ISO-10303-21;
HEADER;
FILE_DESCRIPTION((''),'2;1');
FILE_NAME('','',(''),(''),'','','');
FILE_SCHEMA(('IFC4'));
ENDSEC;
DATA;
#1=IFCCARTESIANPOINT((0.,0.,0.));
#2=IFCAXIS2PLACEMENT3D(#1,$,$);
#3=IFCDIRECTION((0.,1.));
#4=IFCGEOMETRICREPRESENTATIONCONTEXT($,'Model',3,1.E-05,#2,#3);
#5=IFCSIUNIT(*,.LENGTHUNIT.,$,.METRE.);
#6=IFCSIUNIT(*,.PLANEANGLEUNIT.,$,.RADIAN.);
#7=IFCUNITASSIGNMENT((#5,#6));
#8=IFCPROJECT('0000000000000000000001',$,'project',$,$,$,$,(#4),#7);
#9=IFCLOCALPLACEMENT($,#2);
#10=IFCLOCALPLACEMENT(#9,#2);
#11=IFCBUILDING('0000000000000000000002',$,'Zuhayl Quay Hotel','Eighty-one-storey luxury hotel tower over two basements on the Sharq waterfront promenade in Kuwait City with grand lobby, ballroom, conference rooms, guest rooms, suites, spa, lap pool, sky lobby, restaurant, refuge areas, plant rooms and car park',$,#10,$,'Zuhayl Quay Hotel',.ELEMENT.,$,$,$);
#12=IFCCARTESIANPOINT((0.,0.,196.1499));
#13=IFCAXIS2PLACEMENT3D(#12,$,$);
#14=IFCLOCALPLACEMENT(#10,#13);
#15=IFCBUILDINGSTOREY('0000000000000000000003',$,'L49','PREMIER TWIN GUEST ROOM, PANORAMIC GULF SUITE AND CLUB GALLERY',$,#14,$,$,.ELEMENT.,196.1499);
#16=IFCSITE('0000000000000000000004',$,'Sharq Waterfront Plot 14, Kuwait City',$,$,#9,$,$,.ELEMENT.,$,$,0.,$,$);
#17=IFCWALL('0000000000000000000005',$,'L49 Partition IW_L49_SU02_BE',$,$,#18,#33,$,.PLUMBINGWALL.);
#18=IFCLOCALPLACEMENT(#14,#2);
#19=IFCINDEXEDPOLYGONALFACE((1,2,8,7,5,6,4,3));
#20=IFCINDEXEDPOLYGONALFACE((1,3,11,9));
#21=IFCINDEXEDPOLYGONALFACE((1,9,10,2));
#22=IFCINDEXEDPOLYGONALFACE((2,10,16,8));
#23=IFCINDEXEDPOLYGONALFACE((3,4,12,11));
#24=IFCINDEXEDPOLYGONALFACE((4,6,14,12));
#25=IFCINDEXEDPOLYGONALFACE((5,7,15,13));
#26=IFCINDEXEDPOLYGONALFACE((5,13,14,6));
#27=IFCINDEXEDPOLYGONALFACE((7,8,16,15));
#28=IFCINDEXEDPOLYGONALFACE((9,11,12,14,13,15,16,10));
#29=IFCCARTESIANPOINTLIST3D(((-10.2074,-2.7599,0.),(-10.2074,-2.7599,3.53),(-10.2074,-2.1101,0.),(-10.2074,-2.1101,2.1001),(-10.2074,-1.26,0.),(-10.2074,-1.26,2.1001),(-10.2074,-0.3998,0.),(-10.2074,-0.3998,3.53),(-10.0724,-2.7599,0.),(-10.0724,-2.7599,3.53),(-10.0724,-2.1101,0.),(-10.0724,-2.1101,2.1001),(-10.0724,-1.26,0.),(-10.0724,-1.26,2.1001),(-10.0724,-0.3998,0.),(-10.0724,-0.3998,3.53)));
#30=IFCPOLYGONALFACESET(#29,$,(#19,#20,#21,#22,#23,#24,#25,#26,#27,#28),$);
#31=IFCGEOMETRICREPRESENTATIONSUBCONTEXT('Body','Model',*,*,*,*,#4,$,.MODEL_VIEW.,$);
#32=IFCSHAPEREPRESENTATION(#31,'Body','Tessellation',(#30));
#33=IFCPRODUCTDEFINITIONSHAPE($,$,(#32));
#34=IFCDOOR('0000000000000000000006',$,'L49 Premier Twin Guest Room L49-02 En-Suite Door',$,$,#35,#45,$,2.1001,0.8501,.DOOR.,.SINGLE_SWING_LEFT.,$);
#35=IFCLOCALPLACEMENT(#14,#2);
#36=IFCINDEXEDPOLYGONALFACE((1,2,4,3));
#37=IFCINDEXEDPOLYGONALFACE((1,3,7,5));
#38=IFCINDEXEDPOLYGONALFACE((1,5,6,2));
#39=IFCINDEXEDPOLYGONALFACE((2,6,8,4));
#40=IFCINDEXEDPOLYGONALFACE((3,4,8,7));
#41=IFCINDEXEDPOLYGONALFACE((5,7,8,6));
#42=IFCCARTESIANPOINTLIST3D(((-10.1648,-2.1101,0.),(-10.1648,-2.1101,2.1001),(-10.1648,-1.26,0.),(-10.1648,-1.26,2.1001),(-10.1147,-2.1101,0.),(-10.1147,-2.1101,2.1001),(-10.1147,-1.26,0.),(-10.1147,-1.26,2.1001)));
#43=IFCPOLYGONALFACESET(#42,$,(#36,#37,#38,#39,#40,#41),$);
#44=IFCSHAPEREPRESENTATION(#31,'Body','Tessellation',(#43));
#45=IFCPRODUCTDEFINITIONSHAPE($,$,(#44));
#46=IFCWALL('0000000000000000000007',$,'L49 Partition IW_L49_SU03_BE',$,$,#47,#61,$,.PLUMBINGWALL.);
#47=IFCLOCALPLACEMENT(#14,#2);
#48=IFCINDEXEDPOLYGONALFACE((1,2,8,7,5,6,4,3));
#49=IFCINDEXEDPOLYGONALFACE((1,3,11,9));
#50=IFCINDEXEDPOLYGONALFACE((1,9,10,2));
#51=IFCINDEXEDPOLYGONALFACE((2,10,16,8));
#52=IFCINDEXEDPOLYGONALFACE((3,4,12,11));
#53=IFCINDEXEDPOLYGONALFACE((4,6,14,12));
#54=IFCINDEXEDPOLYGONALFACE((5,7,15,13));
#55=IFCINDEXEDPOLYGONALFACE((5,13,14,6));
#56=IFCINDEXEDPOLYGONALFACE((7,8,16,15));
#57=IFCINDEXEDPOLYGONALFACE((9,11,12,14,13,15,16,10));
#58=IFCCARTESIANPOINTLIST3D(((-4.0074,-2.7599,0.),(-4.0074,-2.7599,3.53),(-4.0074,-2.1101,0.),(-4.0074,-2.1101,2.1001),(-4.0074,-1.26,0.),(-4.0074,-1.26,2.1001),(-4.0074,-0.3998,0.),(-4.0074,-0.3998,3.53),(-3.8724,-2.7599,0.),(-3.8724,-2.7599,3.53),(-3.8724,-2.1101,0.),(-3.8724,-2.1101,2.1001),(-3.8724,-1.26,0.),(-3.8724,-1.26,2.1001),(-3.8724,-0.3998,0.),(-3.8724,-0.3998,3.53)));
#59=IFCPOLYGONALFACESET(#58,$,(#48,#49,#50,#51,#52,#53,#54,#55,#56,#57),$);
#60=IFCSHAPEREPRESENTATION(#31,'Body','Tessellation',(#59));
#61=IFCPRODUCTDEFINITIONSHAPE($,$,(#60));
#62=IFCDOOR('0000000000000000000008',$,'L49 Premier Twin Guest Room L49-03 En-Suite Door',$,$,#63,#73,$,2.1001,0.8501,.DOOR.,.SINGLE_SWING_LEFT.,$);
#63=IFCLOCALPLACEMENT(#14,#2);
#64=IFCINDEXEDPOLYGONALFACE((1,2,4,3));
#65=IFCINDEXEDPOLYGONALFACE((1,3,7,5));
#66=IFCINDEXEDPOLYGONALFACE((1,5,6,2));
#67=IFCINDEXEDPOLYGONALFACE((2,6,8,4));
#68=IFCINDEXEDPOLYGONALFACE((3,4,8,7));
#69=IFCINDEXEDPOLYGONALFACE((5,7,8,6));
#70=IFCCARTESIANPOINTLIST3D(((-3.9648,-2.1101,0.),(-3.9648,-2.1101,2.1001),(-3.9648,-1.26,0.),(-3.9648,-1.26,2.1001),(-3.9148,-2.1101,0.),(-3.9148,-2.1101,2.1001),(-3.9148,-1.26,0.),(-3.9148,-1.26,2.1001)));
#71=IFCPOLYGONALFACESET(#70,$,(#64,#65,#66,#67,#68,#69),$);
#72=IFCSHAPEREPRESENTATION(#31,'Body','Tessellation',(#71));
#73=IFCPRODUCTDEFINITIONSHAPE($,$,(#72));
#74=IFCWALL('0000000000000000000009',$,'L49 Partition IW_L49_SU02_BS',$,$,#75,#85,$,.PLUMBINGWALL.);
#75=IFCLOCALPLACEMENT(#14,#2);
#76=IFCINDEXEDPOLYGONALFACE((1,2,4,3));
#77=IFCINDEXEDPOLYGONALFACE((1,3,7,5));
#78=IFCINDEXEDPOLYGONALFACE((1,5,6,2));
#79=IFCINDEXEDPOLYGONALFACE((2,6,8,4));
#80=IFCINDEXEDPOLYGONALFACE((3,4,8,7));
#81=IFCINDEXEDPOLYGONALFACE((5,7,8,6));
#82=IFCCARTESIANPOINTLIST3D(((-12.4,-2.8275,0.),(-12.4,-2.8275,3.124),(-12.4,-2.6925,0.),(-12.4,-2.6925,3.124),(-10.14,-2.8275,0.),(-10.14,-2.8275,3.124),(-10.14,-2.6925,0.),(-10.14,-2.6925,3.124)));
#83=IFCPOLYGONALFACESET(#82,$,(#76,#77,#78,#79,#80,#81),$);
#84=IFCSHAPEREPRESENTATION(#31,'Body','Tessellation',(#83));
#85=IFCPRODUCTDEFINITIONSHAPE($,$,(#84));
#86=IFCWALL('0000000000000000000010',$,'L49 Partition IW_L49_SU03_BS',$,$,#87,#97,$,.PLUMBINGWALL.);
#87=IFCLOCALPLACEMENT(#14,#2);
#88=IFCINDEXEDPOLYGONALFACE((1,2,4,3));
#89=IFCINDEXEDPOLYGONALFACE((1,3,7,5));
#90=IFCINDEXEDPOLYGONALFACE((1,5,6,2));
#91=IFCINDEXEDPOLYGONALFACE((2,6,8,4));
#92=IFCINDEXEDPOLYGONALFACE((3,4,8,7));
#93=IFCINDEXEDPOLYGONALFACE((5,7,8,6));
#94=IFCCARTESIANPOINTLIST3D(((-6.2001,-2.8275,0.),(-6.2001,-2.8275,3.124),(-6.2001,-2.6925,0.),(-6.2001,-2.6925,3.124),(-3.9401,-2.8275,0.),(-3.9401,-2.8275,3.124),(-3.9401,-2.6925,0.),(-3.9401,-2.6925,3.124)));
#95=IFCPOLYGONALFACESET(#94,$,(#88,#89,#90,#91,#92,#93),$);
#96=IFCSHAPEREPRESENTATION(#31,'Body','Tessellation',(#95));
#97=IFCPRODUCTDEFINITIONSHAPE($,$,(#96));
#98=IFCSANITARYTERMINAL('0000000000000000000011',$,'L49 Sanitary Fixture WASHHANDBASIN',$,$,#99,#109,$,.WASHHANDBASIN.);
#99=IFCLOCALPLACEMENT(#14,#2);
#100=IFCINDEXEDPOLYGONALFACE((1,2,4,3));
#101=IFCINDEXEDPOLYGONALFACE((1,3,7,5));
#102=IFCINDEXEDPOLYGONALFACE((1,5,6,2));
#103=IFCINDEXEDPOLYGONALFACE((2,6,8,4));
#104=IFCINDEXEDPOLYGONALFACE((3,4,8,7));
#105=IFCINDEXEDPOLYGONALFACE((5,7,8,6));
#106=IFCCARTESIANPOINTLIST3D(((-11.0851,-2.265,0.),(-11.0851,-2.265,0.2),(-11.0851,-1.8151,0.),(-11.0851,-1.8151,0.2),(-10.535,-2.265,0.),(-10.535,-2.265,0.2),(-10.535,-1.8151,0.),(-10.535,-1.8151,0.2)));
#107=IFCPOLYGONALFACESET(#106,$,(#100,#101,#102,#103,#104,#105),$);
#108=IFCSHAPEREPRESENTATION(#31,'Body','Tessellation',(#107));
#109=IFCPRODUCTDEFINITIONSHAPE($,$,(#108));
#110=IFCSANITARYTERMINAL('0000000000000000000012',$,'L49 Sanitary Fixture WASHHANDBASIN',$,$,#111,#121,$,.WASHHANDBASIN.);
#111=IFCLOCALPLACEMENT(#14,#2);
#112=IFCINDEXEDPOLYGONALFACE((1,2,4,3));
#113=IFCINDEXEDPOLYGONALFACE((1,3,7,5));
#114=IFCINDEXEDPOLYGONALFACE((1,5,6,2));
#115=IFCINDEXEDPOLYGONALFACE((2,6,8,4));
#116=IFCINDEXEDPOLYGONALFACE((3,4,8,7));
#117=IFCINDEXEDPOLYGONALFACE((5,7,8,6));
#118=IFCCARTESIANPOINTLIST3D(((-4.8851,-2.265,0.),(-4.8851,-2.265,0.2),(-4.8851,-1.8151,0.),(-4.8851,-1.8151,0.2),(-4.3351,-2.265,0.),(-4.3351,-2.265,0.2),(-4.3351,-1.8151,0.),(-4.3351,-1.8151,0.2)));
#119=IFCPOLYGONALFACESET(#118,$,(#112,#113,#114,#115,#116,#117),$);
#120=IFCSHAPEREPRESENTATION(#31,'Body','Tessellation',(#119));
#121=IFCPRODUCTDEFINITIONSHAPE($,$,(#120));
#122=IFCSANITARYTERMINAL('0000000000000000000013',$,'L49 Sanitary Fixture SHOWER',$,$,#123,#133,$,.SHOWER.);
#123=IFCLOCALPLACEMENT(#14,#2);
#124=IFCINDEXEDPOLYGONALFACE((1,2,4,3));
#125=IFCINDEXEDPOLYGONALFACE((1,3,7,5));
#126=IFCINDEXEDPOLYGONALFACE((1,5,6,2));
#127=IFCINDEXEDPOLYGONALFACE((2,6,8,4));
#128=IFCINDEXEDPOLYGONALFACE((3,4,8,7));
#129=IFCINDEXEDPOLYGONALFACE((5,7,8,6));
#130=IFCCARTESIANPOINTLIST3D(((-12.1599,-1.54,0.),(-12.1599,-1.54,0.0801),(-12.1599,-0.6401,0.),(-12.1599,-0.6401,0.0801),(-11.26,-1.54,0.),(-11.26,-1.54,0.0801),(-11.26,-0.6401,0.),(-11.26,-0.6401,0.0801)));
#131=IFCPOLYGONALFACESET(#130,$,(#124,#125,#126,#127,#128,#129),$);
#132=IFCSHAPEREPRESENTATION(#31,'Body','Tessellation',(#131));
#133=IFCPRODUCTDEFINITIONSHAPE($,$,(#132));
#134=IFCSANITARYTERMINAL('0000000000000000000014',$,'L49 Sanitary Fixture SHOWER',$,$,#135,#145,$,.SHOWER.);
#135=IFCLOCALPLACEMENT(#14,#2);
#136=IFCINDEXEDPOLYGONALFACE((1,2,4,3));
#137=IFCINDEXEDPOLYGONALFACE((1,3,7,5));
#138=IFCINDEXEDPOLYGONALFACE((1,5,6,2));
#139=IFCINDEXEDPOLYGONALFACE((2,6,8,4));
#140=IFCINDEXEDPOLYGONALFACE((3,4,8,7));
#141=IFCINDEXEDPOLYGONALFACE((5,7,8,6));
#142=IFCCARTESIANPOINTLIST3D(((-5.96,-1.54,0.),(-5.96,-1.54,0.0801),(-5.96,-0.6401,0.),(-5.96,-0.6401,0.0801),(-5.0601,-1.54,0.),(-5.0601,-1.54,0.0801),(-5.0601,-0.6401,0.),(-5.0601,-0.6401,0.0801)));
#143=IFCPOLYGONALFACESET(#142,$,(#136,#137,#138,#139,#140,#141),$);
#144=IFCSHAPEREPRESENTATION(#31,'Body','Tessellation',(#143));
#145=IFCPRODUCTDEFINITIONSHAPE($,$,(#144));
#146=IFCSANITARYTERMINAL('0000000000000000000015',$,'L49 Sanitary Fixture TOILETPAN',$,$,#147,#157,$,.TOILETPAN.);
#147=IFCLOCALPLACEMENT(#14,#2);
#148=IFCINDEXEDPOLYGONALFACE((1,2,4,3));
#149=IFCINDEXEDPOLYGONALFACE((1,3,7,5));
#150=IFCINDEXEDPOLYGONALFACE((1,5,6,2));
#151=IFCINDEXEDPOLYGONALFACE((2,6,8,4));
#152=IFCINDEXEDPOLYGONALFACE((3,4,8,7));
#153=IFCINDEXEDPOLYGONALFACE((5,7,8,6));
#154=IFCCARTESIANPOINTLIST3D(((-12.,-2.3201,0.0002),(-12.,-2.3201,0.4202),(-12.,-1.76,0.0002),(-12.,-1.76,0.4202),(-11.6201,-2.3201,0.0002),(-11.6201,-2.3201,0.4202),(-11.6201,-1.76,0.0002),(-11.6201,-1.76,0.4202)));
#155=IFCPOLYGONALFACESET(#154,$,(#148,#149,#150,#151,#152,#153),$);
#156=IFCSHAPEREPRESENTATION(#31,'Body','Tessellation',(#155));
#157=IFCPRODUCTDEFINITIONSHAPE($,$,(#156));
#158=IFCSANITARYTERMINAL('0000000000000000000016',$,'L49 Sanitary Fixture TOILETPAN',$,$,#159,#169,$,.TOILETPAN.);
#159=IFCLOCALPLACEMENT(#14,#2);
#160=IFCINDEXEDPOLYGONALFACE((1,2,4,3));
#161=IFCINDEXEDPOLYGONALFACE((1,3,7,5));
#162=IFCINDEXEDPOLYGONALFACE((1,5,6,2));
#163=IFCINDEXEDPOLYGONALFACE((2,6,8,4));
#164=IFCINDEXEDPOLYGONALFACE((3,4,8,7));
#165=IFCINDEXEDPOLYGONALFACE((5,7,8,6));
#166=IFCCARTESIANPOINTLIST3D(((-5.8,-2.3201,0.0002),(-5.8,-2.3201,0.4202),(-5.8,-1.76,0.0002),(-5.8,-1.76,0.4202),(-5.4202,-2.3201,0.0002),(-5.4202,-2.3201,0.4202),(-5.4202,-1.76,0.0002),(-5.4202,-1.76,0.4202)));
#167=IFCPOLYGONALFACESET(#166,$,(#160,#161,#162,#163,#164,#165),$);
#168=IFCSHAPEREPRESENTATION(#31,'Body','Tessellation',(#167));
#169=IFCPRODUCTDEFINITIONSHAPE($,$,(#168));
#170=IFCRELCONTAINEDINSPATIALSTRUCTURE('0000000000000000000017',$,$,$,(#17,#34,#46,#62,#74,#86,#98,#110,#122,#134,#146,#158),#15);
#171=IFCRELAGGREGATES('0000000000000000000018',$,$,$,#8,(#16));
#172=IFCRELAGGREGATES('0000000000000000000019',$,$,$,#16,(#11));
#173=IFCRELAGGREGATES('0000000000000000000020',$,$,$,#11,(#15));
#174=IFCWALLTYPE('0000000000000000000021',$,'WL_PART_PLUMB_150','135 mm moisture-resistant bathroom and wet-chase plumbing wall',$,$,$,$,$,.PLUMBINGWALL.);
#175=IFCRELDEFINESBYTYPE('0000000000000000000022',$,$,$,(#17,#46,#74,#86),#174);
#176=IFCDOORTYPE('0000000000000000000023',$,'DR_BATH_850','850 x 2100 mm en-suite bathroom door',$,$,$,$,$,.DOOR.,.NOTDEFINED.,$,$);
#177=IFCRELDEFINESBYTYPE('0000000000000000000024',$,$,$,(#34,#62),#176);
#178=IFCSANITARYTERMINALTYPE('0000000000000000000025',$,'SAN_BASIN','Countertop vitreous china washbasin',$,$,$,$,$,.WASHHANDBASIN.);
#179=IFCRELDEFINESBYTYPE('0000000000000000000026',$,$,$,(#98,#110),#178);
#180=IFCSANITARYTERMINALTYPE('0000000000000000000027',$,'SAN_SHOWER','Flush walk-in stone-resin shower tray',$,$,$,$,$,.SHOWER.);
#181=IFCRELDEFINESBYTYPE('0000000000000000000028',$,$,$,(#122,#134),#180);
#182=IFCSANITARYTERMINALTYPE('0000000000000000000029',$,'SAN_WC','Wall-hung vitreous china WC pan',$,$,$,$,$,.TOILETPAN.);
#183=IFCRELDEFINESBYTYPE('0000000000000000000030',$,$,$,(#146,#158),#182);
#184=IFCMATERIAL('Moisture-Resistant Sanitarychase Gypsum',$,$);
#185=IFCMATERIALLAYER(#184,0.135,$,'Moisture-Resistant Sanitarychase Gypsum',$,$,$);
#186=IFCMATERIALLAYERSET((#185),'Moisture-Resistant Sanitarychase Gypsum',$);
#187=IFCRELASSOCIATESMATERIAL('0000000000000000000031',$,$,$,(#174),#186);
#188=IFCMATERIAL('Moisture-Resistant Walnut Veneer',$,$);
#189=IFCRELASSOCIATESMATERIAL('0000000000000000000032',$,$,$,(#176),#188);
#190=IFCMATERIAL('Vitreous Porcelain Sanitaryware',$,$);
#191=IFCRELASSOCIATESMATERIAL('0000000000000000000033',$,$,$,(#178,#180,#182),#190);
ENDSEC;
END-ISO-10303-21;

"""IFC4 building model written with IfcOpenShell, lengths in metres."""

from ifc_helpers import new_model, si_unit, direction, frame, frame_2d, origin, origin_2d, place, context, subcontext, project, spatial, rectangle, extrude, material, layer, layer_set, type_object, element, fill, save


model = new_model("IFC4")

# Units and contexts
model_context = context("Model", 3, precision=1e-05, world=origin(), true_north=direction((0.0, 1.0)))
body_context = subcontext(model_context, "Body", "Model", "MODEL_VIEW")
ifc_project = project(units=[si_unit("LENGTHUNIT", "METRE"), si_unit("PLANEANGLEUNIT", "RADIAN")], contexts=[model_context])

# Site, building, storey
site_placement = place(None, origin())
site = spatial("IfcSite", under=ifc_project, at=site_placement, Name="Sharq Waterfront Plot 14, Kuwait City", CompositionType="ELEMENT", RefElevation=0.0)
building_placement = place(site_placement, origin())
building = spatial("IfcBuilding", under=site, at=building_placement, Name="Zuhayl Quay Hotel", Description="Eighty-one-storey luxury hotel tower over two basements on the Sharq waterfront promenade in Kuwait City with grand lobby, ballroom, conference rooms, guest rooms, suites, spa, lap pool, sky lobby, restaurant, refuge areas, plant rooms and car park", LongName="Zuhayl Quay Hotel", CompositionType="ELEMENT")
storey_placement = place(building_placement, frame((0.0, 0.0, 196.1499)))
storey = spatial("IfcBuildingStorey", under=building, at=storey_placement, Name="L49", Description="PREMIER TWIN GUEST ROOM, PANORAMIC GULF SUITE AND CLUB GALLERY", CompositionType="ELEMENT", Elevation=196.1499)

# Walls, openings, doors
ifc_material_1 = material(Name="Moisture-Resistant Sanitarychase Gypsum")
ifc_layer_1 = layer(ifc_material_1, 0.135, Name="Moisture-Resistant Sanitarychase Gypsum")
ifc_layer_set_1 = layer_set([ifc_layer_1], Name="Moisture-Resistant Sanitarychase Gypsum")
wall_type_1 = type_object("IfcWallType", Name="WL_PART_PLUMB_150", Description="135 mm moisture-resistant bathroom and wet-chase plumbing wall", PredefinedType="PLUMBINGWALL", material=ifc_layer_set_1)
wall_1_placement = place(storey_placement, frame((-10.1399, -2.76, 0.0), z_axis=(0.0, 0.0, 1.0), x_axis=(0.0, 1.0, 0.0)))
wall_1 = element("IfcWall", 1, at=wall_1_placement, inside=storey, type_object=wall_type_1, Name="L49 Partition IW_L49_SU02_BE", PredefinedType="PLUMBINGWALL", context=body_context, shape_type="SweptSolid", body=[
    extrude(rectangle(XDim=2.3601, YDim=0.135, at=frame_2d((1.1802, 0.0))), origin(), (0.0, 0.0, 1.0), 3.53),
])
opening_1_placement = place(wall_1_placement, frame((0.6499, 0.0, 0.0)))
opening_1 = element("IfcOpeningElement", 2, at=opening_1_placement, cuts=wall_1, PredefinedType="OPENING", context=body_context, shape_type="SweptSolid", body=[
    extrude(rectangle(XDim=0.8501, YDim=2.1001, at=frame_2d((0.425, 1.05))), frame((0.0, 0.0774, 0.0), z_axis=(0.0, -1.0, 0.0), x_axis=(1.0, 0.0, 0.0)), (0.0, 0.0, 1.0), 0.155),
])
ifc_material_2 = material(Name="Moisture-Resistant Walnut Veneer")
door_type_1 = type_object("IfcDoorType", Name="DR_BATH_850", Description="850 x 2100 mm en-suite bathroom door", OperationType="NOTDEFINED", PredefinedType="DOOR", material=ifc_material_2)
door_1_placement = place(opening_1_placement, origin())
door_1 = element("IfcDoor", 3, at=door_1_placement, inside=storey, type_object=door_type_1, Name="L49 Premier Twin Guest Room L49-02 En-Suite Door", OperationType="SINGLE_SWING_LEFT", OverallHeight=2.1001, OverallWidth=0.8501, PredefinedType="DOOR", context=body_context, shape_type="SweptSolid", body=[
    extrude(rectangle(XDim=0.8501, YDim=2.1001, at=frame_2d((0.425, 1.05))), frame((0.0, 0.0249, 0.0), z_axis=(0.0, -1.0, 0.0), x_axis=(1.0, 0.0, 0.0)), (0.0, 0.0, 1.0), 0.05),
])
fill(opening_1, door_1)
wall_2_placement = place(storey_placement, frame((-3.9399, -2.76, 0.0), z_axis=(0.0, 0.0, 1.0), x_axis=(0.0, 1.0, 0.0)))
wall_2 = element("IfcWall", 4, at=wall_2_placement, inside=storey, type_object=wall_type_1, Name="L49 Partition IW_L49_SU03_BE", PredefinedType="PLUMBINGWALL", context=body_context, shape_type="SweptSolid", body=[
    extrude(rectangle(XDim=2.3601, YDim=0.135, at=frame_2d((1.1802, 0.0))), origin(), (0.0, 0.0, 1.0), 3.53),
])
opening_2_placement = place(wall_2_placement, frame((0.6499, 0.0, 0.0)))
opening_2 = element("IfcOpeningElement", 5, at=opening_2_placement, cuts=wall_2, PredefinedType="OPENING", context=body_context, shape_type="SweptSolid", body=[
    extrude(rectangle(XDim=0.8501, YDim=2.1001, at=frame_2d((0.425, 1.05))), frame((0.0, 0.0774, 0.0), z_axis=(0.0, -1.0, 0.0), x_axis=(1.0, 0.0, 0.0)), (0.0, 0.0, 1.0), 0.155),
])
door_2_placement = place(opening_2_placement, origin())
door_2 = element("IfcDoor", 6, at=door_2_placement, inside=storey, type_object=door_type_1, Name="L49 Premier Twin Guest Room L49-03 En-Suite Door", OperationType="SINGLE_SWING_LEFT", OverallHeight=2.1001, OverallWidth=0.8501, PredefinedType="DOOR", context=body_context, shape_type="SweptSolid", body=[
    extrude(rectangle(XDim=0.8501, YDim=2.1001, at=frame_2d((0.425, 1.05))), frame((0.0, 0.0249, 0.0), z_axis=(0.0, -1.0, 0.0), x_axis=(1.0, 0.0, 0.0)), (0.0, 0.0, 1.0), 0.05),
])
fill(opening_2, door_2)

# Walls
for number, where, z_axis, x_axis, name in (
    (7, (-12.3999, -2.76, 0.0), (0.0, 0.0, 1.0), (1.0, 0.0, 0.0), "L49 Partition IW_L49_SU02_BS"),
    (8, (-6.2, -2.76, 0.0), (0.0, 0.0, 1.0), (1.0, 0.0, 0.0), "L49 Partition IW_L49_SU03_BS"),
):
    element("IfcWall", number, at=place(storey_placement, frame(where, z_axis=z_axis, x_axis=x_axis)), inside=storey, type_object=wall_type_1, Name=name, PredefinedType="PLUMBINGWALL", context=body_context, shape_type="SweptSolid", body=[
        extrude(rectangle(XDim=2.26, YDim=0.135, at=frame_2d((1.1299, 0.0))), origin(), (0.0, 0.0, 1.0), 3.124),
    ])

# Sanitary terminals
ifc_material_3 = material(Name="Vitreous Porcelain Sanitaryware")
sanitary_terminal_type_1 = type_object("IfcSanitaryTerminalType", Name="SAN_BASIN", Description="Countertop vitreous china washbasin", PredefinedType="WASHHANDBASIN", material=ifc_material_3)
for number, where, z_axis, x_axis, name in (
    (9, (-10.8101, -2.04, 0.0), (0.0, 0.0, 1.0), (1.0, 0.0, 0.0), "L49 Sanitary Fixture WASHHANDBASIN"),
    (10, (-4.6101, -2.04, 0.0), (0.0, 0.0, 1.0), (1.0, 0.0, 0.0), "L49 Sanitary Fixture WASHHANDBASIN"),
):
    element("IfcSanitaryTerminal", number, at=place(storey_placement, frame(where, z_axis=z_axis, x_axis=x_axis)), inside=storey, type_object=sanitary_terminal_type_1, Name=name, PredefinedType="WASHHANDBASIN", context=body_context, shape_type="SweptSolid", body=[
        extrude(rectangle(XDim=0.55, YDim=0.45, at=origin_2d()), origin(), (0.0, 0.0, 1.0), 0.2),
    ])
sanitary_terminal_type_2 = type_object("IfcSanitaryTerminalType", Name="SAN_SHOWER", Description="Flush walk-in stone-resin shower tray", PredefinedType="SHOWER", material=ifc_material_3)
for number, where, z_axis, x_axis, name in (
    (11, (-11.71, -1.0901, 0.0), (0.0, 0.0, 1.0), (1.0, 0.0, 0.0), "L49 Sanitary Fixture SHOWER"),
    (12, (-5.51, -1.0901, 0.0), (0.0, 0.0, 1.0), (1.0, 0.0, 0.0), "L49 Sanitary Fixture SHOWER"),
):
    element("IfcSanitaryTerminal", number, at=place(storey_placement, frame(where, z_axis=z_axis, x_axis=x_axis)), inside=storey, type_object=sanitary_terminal_type_2, Name=name, PredefinedType="SHOWER", context=body_context, shape_type="SweptSolid", body=[
        extrude(rectangle(XDim=0.8999, YDim=0.8999, at=origin_2d()), origin(), (0.0, 0.0, 1.0), 0.0801),
    ])
sanitary_terminal_type_3 = type_object("IfcSanitaryTerminalType", Name="SAN_WC", Description="Wall-hung vitreous china WC pan", PredefinedType="TOILETPAN", material=ifc_material_3)
for number, where, z_axis, x_axis, name in (
    (13, (-11.8101, -2.04, 0.0002), (0.0, 0.0, 1.0), (1.0, 0.0, 0.0), "L49 Sanitary Fixture TOILETPAN"),
    (14, (-5.6101, -2.04, 0.0002), (0.0, 0.0, 1.0), (1.0, 0.0, 0.0), "L49 Sanitary Fixture TOILETPAN"),
):
    element("IfcSanitaryTerminal", number, at=place(storey_placement, frame(where, z_axis=z_axis, x_axis=x_axis)), inside=storey, type_object=sanitary_terminal_type_3, Name=name, PredefinedType="TOILETPAN", context=body_context, shape_type="SweptSolid", body=[
        extrude(rectangle(XDim=0.3799, YDim=0.5601, at=origin_2d()), origin(), (0.0, 0.0, 1.0), 0.4199),
    ])

save(model, "model.ifc")
